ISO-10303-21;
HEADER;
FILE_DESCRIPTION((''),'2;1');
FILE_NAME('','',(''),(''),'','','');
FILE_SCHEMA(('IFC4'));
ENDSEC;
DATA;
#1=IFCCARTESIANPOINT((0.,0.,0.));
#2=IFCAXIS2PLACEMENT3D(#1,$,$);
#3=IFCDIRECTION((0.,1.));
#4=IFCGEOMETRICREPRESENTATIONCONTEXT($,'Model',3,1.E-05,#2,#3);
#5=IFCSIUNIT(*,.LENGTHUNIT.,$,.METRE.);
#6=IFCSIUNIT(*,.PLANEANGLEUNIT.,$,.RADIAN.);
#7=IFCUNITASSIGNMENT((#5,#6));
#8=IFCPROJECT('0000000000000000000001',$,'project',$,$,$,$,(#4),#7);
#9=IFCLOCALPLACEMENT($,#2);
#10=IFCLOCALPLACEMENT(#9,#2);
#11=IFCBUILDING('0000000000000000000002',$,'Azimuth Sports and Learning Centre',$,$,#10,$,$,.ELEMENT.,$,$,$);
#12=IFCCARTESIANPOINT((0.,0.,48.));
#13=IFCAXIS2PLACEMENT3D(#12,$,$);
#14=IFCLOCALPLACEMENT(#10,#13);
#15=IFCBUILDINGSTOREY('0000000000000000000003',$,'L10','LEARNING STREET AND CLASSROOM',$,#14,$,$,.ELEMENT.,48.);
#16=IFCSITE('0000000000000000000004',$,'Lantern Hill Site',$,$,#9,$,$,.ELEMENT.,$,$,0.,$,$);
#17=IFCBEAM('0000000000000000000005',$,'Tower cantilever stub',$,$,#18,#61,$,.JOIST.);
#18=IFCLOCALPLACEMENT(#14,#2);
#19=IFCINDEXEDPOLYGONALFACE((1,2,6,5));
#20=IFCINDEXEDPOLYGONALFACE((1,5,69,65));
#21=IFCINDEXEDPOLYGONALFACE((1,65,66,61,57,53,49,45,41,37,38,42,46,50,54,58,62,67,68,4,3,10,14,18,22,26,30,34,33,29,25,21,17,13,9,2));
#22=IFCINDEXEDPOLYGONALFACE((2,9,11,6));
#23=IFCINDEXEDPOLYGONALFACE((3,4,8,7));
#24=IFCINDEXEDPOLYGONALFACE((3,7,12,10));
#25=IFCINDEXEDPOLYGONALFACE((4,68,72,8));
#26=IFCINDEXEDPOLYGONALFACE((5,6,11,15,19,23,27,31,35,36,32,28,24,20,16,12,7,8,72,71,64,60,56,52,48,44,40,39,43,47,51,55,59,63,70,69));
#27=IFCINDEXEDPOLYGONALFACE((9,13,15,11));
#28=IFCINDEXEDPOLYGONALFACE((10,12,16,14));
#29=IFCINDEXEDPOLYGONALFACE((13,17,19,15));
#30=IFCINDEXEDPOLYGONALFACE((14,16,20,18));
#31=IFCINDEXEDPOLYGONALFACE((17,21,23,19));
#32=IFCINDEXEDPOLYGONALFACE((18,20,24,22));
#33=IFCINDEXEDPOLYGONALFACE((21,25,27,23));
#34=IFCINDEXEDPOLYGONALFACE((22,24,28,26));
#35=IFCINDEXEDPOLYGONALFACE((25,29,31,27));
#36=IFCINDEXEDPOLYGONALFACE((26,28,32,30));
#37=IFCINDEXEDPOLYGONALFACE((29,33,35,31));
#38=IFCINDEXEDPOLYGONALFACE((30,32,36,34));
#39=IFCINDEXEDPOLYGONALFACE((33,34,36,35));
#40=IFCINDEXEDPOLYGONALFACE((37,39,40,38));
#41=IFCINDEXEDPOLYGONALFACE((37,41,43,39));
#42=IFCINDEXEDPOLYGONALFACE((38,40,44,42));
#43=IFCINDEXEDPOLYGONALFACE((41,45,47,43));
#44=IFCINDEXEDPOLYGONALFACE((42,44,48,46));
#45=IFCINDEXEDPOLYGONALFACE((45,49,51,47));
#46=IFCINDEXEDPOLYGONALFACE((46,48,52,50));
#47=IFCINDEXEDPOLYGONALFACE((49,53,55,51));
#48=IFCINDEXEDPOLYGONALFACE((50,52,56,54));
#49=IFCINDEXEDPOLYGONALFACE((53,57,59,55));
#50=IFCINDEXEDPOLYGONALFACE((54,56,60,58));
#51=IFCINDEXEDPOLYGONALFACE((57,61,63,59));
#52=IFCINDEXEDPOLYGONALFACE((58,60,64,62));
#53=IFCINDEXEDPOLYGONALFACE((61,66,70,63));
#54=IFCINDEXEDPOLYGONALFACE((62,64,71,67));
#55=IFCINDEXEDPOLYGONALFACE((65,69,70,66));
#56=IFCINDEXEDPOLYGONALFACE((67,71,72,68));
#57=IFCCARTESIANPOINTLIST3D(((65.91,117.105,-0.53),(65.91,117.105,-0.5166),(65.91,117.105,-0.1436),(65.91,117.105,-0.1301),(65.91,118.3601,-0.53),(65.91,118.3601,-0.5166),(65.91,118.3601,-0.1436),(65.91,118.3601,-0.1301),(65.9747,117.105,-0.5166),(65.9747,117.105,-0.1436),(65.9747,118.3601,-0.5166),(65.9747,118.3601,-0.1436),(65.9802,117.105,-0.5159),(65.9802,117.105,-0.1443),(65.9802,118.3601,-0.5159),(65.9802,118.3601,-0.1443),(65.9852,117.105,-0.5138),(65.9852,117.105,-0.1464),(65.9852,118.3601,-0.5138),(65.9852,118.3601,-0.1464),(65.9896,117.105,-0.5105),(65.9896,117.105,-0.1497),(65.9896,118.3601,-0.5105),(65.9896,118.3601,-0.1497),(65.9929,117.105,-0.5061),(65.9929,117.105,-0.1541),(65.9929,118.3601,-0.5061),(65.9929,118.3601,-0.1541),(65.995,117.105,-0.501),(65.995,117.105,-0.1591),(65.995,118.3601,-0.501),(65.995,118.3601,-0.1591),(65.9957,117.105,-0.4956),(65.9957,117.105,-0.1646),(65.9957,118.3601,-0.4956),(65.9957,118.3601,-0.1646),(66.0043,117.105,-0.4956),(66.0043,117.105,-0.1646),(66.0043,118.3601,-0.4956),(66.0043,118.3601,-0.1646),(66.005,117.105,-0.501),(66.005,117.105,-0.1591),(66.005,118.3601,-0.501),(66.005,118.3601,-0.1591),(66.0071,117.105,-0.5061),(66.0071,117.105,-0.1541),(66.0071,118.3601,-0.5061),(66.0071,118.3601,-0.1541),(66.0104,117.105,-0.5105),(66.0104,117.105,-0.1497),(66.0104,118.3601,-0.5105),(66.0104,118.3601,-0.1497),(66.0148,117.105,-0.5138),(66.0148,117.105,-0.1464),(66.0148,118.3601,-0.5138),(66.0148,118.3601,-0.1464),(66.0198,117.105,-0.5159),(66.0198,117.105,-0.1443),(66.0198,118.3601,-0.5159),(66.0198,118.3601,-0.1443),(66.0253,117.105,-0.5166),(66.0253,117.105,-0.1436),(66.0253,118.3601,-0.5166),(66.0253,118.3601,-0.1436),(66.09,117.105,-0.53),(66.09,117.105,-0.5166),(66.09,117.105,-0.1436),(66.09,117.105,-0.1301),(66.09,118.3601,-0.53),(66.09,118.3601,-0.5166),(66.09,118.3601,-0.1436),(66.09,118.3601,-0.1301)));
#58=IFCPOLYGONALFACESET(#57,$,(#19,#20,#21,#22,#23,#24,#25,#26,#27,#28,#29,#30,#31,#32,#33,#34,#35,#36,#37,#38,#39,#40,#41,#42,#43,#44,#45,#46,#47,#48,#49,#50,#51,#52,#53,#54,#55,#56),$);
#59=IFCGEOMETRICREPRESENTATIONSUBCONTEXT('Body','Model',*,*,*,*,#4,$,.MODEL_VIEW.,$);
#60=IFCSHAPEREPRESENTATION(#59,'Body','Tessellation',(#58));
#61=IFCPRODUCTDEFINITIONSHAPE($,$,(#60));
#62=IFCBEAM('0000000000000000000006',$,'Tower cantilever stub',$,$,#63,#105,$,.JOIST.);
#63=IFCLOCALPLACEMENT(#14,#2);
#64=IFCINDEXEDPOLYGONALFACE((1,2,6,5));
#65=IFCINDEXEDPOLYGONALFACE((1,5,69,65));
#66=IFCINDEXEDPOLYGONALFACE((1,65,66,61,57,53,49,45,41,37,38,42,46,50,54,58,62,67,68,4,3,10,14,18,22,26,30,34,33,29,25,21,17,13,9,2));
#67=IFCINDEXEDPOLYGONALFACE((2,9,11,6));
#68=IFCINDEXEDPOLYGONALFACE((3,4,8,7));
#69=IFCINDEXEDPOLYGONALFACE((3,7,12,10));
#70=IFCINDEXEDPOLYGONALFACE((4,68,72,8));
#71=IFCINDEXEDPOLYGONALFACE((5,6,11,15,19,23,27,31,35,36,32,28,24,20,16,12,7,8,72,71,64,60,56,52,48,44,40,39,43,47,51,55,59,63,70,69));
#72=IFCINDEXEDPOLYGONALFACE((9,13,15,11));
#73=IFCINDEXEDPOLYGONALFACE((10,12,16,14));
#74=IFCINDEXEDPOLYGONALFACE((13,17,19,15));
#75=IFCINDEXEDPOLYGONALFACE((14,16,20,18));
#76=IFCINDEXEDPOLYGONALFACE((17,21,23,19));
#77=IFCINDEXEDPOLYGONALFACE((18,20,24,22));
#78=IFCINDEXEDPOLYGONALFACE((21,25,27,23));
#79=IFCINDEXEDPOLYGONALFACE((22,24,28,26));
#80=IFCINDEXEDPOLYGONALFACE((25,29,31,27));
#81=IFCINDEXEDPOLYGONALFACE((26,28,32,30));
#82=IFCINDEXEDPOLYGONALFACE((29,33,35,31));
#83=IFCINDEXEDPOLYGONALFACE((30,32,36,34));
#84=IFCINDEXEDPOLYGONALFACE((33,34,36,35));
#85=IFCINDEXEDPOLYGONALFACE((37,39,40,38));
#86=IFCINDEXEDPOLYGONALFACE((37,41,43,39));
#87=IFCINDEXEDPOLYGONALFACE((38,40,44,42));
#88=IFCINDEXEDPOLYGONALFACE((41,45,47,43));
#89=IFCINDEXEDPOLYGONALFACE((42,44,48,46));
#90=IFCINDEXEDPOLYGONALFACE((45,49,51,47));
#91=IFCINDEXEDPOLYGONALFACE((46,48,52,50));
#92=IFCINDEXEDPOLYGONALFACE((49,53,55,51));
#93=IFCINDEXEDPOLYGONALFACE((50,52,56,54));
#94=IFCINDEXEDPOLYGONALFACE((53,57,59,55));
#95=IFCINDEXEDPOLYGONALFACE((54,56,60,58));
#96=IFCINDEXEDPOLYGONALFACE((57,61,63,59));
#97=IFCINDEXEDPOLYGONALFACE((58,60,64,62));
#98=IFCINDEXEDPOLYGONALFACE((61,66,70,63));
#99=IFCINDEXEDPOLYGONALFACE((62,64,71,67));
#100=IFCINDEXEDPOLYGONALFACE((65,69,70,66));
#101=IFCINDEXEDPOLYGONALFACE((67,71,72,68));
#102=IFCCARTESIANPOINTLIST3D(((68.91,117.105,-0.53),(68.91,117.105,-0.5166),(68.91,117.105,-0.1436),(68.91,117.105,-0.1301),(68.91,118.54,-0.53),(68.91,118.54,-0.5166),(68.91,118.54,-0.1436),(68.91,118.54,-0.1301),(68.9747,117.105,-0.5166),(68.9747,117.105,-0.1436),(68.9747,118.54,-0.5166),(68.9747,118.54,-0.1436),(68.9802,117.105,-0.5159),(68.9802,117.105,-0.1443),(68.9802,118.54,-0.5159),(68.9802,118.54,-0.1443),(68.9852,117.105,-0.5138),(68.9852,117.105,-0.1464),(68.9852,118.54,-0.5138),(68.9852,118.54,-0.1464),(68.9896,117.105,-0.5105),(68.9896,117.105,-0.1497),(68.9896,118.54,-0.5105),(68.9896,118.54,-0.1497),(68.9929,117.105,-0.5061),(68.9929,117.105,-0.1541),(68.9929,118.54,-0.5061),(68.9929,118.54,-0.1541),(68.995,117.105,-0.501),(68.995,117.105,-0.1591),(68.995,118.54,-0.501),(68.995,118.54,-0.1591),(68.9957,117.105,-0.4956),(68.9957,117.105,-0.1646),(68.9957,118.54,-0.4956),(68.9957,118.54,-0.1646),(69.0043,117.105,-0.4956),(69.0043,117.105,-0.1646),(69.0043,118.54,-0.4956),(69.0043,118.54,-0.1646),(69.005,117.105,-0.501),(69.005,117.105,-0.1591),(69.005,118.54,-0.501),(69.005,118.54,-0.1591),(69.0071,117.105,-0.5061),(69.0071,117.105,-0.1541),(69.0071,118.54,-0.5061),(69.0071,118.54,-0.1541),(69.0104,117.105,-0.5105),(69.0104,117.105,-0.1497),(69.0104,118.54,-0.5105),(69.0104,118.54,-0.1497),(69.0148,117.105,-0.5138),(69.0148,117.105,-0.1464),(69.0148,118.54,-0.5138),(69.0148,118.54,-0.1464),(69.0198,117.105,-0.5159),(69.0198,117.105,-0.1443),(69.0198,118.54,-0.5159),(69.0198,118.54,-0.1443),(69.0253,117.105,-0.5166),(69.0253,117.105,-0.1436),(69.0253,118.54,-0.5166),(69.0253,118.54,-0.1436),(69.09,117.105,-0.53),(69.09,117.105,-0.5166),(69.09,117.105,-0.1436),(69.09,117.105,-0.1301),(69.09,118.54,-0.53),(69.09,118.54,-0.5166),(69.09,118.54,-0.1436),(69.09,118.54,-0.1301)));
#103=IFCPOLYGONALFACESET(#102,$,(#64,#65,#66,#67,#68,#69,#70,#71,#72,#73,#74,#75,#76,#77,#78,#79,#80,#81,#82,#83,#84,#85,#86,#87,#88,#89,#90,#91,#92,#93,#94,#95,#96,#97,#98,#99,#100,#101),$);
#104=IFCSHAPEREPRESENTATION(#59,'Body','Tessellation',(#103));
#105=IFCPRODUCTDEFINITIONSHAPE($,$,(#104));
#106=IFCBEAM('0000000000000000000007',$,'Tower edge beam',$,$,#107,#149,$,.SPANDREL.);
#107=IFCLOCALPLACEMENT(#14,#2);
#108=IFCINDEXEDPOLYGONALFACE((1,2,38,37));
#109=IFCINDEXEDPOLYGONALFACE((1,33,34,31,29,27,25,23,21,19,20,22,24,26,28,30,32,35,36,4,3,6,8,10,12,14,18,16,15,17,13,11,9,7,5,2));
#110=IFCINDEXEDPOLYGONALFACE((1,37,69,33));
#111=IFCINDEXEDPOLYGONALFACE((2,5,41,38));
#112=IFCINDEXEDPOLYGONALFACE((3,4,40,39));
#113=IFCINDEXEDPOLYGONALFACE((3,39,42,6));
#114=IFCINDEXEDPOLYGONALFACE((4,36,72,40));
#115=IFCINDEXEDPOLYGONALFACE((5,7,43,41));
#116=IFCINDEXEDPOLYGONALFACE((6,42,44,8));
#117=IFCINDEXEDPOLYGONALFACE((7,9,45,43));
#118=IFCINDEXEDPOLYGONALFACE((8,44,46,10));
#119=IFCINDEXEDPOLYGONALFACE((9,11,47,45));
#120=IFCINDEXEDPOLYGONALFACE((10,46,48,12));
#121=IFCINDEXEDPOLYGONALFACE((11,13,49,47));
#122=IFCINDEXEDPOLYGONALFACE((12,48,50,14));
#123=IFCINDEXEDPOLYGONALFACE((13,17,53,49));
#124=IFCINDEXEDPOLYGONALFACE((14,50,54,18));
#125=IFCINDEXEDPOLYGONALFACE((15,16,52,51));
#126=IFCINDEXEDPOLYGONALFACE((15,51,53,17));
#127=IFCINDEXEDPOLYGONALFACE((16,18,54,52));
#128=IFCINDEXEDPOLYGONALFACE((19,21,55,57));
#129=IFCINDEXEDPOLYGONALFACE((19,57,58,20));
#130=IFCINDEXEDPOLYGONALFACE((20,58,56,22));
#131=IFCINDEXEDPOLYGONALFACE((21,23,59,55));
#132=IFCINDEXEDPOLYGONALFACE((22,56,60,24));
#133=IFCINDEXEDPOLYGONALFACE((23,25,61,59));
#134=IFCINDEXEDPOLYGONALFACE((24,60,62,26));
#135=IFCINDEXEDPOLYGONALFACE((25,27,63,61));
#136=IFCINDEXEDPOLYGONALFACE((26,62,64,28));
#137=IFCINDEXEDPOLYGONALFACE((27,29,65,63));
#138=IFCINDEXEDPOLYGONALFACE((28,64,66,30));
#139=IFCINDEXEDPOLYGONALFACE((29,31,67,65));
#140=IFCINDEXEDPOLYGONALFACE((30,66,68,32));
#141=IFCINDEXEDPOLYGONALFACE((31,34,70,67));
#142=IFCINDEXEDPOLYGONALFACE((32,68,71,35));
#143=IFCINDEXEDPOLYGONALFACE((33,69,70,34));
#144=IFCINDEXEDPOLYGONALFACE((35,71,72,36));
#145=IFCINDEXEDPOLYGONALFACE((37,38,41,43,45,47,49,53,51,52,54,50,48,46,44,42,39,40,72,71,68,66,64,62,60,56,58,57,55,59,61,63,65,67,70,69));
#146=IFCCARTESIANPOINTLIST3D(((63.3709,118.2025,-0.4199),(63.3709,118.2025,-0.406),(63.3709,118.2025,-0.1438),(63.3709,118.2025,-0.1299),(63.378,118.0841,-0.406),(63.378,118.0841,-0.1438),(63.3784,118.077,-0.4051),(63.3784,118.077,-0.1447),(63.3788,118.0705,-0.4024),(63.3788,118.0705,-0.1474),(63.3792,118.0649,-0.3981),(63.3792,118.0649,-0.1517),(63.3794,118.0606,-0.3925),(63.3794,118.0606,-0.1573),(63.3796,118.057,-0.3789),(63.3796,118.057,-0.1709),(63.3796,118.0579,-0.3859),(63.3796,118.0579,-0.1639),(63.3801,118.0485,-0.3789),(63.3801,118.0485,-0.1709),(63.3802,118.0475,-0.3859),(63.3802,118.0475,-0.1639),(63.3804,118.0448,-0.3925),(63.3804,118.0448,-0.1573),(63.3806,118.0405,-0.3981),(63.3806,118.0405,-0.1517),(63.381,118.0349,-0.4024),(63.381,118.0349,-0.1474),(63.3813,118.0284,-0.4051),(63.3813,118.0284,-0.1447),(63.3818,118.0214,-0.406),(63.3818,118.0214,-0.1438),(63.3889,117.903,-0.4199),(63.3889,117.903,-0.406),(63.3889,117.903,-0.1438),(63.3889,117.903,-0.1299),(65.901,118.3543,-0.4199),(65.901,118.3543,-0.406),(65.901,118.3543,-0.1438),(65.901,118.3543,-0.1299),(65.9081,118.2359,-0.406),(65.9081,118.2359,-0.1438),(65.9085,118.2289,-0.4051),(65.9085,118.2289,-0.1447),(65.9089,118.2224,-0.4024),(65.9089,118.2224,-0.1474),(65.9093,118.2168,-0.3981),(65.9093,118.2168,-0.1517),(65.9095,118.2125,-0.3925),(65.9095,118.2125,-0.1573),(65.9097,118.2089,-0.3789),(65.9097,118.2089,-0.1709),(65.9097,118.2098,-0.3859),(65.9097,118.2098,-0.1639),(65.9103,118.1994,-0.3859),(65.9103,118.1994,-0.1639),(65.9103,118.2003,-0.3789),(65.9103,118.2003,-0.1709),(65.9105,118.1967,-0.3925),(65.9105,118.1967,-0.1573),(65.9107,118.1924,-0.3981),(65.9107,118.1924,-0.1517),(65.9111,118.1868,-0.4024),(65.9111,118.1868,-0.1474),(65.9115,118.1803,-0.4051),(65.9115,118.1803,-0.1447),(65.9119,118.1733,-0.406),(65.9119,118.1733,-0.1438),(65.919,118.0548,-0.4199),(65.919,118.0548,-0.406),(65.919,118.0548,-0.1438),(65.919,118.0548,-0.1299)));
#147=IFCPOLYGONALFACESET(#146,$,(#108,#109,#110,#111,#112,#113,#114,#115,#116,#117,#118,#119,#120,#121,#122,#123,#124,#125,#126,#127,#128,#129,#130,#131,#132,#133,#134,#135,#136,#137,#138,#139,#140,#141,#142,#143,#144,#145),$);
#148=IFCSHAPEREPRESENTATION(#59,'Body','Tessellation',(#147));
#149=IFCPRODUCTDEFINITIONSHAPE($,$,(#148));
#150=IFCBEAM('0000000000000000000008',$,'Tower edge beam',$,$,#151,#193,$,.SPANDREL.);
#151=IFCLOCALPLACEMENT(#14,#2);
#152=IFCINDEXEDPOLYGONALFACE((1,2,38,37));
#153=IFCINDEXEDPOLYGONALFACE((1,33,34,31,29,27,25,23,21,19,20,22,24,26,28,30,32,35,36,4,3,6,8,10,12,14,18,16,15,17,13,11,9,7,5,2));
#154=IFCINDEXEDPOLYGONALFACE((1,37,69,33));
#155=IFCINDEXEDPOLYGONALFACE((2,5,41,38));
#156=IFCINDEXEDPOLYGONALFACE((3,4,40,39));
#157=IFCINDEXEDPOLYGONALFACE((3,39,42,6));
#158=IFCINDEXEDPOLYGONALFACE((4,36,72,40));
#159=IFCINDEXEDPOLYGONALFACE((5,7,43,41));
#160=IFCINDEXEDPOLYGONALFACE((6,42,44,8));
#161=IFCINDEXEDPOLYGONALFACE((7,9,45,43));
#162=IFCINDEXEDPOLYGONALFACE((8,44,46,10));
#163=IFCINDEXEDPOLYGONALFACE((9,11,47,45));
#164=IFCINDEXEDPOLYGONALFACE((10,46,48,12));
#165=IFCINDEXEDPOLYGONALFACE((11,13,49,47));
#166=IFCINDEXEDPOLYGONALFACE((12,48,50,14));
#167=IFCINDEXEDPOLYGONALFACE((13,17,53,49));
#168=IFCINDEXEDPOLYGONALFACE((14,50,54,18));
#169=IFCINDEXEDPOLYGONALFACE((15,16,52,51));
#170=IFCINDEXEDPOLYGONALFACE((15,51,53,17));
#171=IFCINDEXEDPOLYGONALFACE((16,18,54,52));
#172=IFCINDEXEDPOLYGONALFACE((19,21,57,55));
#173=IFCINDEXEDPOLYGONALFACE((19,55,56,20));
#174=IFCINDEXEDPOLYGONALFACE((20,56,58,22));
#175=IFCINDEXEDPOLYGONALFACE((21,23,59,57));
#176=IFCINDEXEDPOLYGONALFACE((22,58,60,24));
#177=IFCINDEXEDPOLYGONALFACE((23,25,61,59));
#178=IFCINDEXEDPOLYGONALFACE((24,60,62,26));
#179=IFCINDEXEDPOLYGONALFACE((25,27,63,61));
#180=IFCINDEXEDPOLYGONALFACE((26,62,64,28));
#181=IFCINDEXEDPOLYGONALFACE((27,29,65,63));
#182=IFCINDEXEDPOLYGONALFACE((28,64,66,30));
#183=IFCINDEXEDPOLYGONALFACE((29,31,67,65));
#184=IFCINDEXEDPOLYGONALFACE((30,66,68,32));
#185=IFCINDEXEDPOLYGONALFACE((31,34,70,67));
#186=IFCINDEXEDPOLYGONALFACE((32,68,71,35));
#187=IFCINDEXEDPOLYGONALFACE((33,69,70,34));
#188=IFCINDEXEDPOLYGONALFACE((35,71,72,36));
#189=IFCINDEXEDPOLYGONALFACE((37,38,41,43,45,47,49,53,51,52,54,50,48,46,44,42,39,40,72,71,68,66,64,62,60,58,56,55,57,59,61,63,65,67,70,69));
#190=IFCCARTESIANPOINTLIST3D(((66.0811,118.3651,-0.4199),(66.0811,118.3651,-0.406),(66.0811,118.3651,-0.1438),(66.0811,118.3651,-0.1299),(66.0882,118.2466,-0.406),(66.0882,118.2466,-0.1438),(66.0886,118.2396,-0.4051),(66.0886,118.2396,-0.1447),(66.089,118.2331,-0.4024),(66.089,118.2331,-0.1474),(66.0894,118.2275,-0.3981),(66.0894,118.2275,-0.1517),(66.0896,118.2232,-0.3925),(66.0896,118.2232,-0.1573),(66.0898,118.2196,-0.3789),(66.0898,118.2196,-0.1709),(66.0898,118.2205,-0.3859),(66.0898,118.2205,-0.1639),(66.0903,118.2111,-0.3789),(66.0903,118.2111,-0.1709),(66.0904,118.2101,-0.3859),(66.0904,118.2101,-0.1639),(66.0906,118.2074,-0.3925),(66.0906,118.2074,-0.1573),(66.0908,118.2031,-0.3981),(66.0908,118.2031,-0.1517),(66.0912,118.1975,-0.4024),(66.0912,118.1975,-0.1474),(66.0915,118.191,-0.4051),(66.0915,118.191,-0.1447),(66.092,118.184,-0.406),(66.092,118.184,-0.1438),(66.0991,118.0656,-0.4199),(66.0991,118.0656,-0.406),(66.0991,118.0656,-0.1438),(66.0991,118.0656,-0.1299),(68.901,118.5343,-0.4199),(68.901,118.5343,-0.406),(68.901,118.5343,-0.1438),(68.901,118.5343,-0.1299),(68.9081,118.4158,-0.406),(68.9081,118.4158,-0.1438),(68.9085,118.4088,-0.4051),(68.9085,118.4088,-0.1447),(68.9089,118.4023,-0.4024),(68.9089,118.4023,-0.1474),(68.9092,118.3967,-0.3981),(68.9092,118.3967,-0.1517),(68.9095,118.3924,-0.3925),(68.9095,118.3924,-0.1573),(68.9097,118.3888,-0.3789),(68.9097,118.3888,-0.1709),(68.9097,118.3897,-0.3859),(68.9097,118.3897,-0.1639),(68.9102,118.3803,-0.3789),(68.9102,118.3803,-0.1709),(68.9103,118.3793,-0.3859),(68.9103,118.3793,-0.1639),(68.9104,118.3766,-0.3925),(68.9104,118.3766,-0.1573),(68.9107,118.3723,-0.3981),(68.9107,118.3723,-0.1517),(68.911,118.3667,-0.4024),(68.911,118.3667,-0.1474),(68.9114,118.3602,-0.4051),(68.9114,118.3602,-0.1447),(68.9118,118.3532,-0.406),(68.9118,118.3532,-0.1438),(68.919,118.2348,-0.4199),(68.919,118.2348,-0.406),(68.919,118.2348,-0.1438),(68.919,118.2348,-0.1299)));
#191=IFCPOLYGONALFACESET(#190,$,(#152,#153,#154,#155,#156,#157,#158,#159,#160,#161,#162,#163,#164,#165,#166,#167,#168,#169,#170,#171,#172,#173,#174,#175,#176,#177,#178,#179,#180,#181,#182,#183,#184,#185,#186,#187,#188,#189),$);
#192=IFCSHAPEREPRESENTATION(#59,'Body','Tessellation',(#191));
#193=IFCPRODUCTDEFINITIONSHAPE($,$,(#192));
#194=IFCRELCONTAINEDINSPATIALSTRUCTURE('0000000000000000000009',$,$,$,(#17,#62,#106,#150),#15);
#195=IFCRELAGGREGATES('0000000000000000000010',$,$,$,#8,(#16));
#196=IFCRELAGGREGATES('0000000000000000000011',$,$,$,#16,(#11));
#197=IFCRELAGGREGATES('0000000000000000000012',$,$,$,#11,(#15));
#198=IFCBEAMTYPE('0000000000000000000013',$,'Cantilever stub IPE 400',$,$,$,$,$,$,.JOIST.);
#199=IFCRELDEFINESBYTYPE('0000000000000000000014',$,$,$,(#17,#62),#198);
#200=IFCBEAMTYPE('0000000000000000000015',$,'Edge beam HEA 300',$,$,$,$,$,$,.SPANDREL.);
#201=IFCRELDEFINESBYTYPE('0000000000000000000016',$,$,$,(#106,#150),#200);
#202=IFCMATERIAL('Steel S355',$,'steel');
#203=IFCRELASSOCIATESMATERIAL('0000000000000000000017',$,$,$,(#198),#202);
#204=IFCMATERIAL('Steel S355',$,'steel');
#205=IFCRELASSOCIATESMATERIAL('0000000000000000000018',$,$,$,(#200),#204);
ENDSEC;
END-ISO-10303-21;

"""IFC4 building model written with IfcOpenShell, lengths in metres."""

from ifc_helpers import new_model, si_unit, direction, frame, origin, origin_2d, place, context, subcontext, project, spatial, i_section, extrude, material, material_profile, profile_set, type_object, element, save


model = new_model("IFC4")

# Units and contexts
model_context = context("Model", 3, precision=1e-05, world=origin(), true_north=direction((0.0, 1.0)))
body_context = subcontext(model_context, "Body", "Model", "MODEL_VIEW")
ifc_project = project(units=[si_unit("LENGTHUNIT", "METRE"), si_unit("PLANEANGLEUNIT", "RADIAN")], contexts=[model_context])

# Site, building, storey
site_placement = place(None, origin())
site = spatial("IfcSite", under=ifc_project, at=site_placement, Name="Lantern Hill Site", CompositionType="ELEMENT", RefElevation=0.0)
building_placement = place(site_placement, origin())
building = spatial("IfcBuilding", under=site, at=building_placement, Name="Azimuth Sports and Learning Centre", CompositionType="ELEMENT")
storey_placement = place(building_placement, frame((0.0, 0.0, 48.0)))
storey = spatial("IfcBuildingStorey", under=building, at=storey_placement, Name="L10", Description="LEARNING STREET AND CLASSROOM", CompositionType="ELEMENT", Elevation=48.0)

# Beams
ifc_material_1 = material(Name="Steel S355", Category="steel")
ifc_material_profile_1 = material_profile(ifc_material_1, i_section(OverallWidth=0.1799, OverallDepth=0.3999, WebThickness=0.0085, FlangeThickness=0.0134, FilletRadius=0.021, at=origin_2d()), Name="IPE 400")
ifc_profile_set_1 = profile_set([ifc_material_profile_1], Name="Steel S355")
beam_type_1 = type_object("IfcBeamType", Name="Cantilever stub IPE 400", PredefinedType="JOIST", material=ifc_profile_set_1)
beam_1_placement = place(storey_placement, frame((66.0, 117.105, -0.3301), z_axis=(0.0, 1.0, 0.0), x_axis=(-1.0, 0.0, 0.0)))
element("IfcBeam", 1, at=beam_1_placement, inside=storey, type_object=beam_type_1, Name="Tower cantilever stub", PredefinedType="JOIST", context=body_context, shape_type="SweptSolid", body=[
    extrude(i_section(OverallWidth=0.1799, OverallDepth=0.3999, WebThickness=0.0085, FlangeThickness=0.0134, FilletRadius=0.021, at=origin_2d()), origin(), (0.0, 0.0, 1.0), 1.2551),
])
beam_2_placement = place(storey_placement, frame((69.0, 117.105, -0.3301), z_axis=(0.0, 1.0, 0.0), x_axis=(-1.0, 0.0, 0.0)))
element("IfcBeam", 2, at=beam_2_placement, inside=storey, type_object=beam_type_1, Name="Tower cantilever stub", PredefinedType="JOIST", context=body_context, shape_type="SweptSolid", body=[
    extrude(i_section(OverallWidth=0.1799, OverallDepth=0.3999, WebThickness=0.0085, FlangeThickness=0.0134, FilletRadius=0.021, at=origin_2d()), origin(), (0.0, 0.0, 1.0), 1.4351),
])
ifc_material_2 = material(Name="Steel S355", Category="steel")
ifc_material_profile_2 = material_profile(ifc_material_2, i_section(OverallWidth=0.3, OverallDepth=0.29, WebThickness=0.0085, FlangeThickness=0.0139, FilletRadius=0.0271, at=origin_2d()), Name="HEA 300")
ifc_profile_set_2 = profile_set([ifc_material_profile_2], Name="Steel S355")
beam_type_2 = type_object("IfcBeamType", Name="Edge beam HEA 300", PredefinedType="SPANDREL", material=ifc_profile_set_2)
beam_3_placement = place(storey_placement, frame((63.3799, 118.0527, -0.2749), z_axis=(0.998204, 0.059913, 0.0), x_axis=(-0.059913, 0.998204, 0.0)))
element("IfcBeam", 3, at=beam_3_placement, inside=storey, type_object=beam_type_2, Name="Tower edge beam", PredefinedType="SPANDREL", context=body_context, shape_type="SweptSolid", body=[
    extrude(i_section(OverallWidth=0.3, OverallDepth=0.29, WebThickness=0.0085, FlangeThickness=0.0139, FilletRadius=0.0271, at=origin_2d()), origin(), (0.0, 0.0, 1.0), 2.5347),
])
beam_4_placement = place(storey_placement, frame((66.0901, 118.2153, -0.2749), z_axis=(0.998205, 0.059892, 0.0), x_axis=(-0.059892, 0.998205, 0.0)))
element("IfcBeam", 4, at=beam_4_placement, inside=storey, type_object=beam_type_2, Name="Tower edge beam", PredefinedType="SPANDREL", context=body_context, shape_type="SweptSolid", body=[
    extrude(i_section(OverallWidth=0.3, OverallDepth=0.29, WebThickness=0.0085, FlangeThickness=0.0139, FilletRadius=0.0271, at=origin_2d()), origin(), (0.0, 0.0, 1.0), 2.825),
])

save(model, "model.ifc")
